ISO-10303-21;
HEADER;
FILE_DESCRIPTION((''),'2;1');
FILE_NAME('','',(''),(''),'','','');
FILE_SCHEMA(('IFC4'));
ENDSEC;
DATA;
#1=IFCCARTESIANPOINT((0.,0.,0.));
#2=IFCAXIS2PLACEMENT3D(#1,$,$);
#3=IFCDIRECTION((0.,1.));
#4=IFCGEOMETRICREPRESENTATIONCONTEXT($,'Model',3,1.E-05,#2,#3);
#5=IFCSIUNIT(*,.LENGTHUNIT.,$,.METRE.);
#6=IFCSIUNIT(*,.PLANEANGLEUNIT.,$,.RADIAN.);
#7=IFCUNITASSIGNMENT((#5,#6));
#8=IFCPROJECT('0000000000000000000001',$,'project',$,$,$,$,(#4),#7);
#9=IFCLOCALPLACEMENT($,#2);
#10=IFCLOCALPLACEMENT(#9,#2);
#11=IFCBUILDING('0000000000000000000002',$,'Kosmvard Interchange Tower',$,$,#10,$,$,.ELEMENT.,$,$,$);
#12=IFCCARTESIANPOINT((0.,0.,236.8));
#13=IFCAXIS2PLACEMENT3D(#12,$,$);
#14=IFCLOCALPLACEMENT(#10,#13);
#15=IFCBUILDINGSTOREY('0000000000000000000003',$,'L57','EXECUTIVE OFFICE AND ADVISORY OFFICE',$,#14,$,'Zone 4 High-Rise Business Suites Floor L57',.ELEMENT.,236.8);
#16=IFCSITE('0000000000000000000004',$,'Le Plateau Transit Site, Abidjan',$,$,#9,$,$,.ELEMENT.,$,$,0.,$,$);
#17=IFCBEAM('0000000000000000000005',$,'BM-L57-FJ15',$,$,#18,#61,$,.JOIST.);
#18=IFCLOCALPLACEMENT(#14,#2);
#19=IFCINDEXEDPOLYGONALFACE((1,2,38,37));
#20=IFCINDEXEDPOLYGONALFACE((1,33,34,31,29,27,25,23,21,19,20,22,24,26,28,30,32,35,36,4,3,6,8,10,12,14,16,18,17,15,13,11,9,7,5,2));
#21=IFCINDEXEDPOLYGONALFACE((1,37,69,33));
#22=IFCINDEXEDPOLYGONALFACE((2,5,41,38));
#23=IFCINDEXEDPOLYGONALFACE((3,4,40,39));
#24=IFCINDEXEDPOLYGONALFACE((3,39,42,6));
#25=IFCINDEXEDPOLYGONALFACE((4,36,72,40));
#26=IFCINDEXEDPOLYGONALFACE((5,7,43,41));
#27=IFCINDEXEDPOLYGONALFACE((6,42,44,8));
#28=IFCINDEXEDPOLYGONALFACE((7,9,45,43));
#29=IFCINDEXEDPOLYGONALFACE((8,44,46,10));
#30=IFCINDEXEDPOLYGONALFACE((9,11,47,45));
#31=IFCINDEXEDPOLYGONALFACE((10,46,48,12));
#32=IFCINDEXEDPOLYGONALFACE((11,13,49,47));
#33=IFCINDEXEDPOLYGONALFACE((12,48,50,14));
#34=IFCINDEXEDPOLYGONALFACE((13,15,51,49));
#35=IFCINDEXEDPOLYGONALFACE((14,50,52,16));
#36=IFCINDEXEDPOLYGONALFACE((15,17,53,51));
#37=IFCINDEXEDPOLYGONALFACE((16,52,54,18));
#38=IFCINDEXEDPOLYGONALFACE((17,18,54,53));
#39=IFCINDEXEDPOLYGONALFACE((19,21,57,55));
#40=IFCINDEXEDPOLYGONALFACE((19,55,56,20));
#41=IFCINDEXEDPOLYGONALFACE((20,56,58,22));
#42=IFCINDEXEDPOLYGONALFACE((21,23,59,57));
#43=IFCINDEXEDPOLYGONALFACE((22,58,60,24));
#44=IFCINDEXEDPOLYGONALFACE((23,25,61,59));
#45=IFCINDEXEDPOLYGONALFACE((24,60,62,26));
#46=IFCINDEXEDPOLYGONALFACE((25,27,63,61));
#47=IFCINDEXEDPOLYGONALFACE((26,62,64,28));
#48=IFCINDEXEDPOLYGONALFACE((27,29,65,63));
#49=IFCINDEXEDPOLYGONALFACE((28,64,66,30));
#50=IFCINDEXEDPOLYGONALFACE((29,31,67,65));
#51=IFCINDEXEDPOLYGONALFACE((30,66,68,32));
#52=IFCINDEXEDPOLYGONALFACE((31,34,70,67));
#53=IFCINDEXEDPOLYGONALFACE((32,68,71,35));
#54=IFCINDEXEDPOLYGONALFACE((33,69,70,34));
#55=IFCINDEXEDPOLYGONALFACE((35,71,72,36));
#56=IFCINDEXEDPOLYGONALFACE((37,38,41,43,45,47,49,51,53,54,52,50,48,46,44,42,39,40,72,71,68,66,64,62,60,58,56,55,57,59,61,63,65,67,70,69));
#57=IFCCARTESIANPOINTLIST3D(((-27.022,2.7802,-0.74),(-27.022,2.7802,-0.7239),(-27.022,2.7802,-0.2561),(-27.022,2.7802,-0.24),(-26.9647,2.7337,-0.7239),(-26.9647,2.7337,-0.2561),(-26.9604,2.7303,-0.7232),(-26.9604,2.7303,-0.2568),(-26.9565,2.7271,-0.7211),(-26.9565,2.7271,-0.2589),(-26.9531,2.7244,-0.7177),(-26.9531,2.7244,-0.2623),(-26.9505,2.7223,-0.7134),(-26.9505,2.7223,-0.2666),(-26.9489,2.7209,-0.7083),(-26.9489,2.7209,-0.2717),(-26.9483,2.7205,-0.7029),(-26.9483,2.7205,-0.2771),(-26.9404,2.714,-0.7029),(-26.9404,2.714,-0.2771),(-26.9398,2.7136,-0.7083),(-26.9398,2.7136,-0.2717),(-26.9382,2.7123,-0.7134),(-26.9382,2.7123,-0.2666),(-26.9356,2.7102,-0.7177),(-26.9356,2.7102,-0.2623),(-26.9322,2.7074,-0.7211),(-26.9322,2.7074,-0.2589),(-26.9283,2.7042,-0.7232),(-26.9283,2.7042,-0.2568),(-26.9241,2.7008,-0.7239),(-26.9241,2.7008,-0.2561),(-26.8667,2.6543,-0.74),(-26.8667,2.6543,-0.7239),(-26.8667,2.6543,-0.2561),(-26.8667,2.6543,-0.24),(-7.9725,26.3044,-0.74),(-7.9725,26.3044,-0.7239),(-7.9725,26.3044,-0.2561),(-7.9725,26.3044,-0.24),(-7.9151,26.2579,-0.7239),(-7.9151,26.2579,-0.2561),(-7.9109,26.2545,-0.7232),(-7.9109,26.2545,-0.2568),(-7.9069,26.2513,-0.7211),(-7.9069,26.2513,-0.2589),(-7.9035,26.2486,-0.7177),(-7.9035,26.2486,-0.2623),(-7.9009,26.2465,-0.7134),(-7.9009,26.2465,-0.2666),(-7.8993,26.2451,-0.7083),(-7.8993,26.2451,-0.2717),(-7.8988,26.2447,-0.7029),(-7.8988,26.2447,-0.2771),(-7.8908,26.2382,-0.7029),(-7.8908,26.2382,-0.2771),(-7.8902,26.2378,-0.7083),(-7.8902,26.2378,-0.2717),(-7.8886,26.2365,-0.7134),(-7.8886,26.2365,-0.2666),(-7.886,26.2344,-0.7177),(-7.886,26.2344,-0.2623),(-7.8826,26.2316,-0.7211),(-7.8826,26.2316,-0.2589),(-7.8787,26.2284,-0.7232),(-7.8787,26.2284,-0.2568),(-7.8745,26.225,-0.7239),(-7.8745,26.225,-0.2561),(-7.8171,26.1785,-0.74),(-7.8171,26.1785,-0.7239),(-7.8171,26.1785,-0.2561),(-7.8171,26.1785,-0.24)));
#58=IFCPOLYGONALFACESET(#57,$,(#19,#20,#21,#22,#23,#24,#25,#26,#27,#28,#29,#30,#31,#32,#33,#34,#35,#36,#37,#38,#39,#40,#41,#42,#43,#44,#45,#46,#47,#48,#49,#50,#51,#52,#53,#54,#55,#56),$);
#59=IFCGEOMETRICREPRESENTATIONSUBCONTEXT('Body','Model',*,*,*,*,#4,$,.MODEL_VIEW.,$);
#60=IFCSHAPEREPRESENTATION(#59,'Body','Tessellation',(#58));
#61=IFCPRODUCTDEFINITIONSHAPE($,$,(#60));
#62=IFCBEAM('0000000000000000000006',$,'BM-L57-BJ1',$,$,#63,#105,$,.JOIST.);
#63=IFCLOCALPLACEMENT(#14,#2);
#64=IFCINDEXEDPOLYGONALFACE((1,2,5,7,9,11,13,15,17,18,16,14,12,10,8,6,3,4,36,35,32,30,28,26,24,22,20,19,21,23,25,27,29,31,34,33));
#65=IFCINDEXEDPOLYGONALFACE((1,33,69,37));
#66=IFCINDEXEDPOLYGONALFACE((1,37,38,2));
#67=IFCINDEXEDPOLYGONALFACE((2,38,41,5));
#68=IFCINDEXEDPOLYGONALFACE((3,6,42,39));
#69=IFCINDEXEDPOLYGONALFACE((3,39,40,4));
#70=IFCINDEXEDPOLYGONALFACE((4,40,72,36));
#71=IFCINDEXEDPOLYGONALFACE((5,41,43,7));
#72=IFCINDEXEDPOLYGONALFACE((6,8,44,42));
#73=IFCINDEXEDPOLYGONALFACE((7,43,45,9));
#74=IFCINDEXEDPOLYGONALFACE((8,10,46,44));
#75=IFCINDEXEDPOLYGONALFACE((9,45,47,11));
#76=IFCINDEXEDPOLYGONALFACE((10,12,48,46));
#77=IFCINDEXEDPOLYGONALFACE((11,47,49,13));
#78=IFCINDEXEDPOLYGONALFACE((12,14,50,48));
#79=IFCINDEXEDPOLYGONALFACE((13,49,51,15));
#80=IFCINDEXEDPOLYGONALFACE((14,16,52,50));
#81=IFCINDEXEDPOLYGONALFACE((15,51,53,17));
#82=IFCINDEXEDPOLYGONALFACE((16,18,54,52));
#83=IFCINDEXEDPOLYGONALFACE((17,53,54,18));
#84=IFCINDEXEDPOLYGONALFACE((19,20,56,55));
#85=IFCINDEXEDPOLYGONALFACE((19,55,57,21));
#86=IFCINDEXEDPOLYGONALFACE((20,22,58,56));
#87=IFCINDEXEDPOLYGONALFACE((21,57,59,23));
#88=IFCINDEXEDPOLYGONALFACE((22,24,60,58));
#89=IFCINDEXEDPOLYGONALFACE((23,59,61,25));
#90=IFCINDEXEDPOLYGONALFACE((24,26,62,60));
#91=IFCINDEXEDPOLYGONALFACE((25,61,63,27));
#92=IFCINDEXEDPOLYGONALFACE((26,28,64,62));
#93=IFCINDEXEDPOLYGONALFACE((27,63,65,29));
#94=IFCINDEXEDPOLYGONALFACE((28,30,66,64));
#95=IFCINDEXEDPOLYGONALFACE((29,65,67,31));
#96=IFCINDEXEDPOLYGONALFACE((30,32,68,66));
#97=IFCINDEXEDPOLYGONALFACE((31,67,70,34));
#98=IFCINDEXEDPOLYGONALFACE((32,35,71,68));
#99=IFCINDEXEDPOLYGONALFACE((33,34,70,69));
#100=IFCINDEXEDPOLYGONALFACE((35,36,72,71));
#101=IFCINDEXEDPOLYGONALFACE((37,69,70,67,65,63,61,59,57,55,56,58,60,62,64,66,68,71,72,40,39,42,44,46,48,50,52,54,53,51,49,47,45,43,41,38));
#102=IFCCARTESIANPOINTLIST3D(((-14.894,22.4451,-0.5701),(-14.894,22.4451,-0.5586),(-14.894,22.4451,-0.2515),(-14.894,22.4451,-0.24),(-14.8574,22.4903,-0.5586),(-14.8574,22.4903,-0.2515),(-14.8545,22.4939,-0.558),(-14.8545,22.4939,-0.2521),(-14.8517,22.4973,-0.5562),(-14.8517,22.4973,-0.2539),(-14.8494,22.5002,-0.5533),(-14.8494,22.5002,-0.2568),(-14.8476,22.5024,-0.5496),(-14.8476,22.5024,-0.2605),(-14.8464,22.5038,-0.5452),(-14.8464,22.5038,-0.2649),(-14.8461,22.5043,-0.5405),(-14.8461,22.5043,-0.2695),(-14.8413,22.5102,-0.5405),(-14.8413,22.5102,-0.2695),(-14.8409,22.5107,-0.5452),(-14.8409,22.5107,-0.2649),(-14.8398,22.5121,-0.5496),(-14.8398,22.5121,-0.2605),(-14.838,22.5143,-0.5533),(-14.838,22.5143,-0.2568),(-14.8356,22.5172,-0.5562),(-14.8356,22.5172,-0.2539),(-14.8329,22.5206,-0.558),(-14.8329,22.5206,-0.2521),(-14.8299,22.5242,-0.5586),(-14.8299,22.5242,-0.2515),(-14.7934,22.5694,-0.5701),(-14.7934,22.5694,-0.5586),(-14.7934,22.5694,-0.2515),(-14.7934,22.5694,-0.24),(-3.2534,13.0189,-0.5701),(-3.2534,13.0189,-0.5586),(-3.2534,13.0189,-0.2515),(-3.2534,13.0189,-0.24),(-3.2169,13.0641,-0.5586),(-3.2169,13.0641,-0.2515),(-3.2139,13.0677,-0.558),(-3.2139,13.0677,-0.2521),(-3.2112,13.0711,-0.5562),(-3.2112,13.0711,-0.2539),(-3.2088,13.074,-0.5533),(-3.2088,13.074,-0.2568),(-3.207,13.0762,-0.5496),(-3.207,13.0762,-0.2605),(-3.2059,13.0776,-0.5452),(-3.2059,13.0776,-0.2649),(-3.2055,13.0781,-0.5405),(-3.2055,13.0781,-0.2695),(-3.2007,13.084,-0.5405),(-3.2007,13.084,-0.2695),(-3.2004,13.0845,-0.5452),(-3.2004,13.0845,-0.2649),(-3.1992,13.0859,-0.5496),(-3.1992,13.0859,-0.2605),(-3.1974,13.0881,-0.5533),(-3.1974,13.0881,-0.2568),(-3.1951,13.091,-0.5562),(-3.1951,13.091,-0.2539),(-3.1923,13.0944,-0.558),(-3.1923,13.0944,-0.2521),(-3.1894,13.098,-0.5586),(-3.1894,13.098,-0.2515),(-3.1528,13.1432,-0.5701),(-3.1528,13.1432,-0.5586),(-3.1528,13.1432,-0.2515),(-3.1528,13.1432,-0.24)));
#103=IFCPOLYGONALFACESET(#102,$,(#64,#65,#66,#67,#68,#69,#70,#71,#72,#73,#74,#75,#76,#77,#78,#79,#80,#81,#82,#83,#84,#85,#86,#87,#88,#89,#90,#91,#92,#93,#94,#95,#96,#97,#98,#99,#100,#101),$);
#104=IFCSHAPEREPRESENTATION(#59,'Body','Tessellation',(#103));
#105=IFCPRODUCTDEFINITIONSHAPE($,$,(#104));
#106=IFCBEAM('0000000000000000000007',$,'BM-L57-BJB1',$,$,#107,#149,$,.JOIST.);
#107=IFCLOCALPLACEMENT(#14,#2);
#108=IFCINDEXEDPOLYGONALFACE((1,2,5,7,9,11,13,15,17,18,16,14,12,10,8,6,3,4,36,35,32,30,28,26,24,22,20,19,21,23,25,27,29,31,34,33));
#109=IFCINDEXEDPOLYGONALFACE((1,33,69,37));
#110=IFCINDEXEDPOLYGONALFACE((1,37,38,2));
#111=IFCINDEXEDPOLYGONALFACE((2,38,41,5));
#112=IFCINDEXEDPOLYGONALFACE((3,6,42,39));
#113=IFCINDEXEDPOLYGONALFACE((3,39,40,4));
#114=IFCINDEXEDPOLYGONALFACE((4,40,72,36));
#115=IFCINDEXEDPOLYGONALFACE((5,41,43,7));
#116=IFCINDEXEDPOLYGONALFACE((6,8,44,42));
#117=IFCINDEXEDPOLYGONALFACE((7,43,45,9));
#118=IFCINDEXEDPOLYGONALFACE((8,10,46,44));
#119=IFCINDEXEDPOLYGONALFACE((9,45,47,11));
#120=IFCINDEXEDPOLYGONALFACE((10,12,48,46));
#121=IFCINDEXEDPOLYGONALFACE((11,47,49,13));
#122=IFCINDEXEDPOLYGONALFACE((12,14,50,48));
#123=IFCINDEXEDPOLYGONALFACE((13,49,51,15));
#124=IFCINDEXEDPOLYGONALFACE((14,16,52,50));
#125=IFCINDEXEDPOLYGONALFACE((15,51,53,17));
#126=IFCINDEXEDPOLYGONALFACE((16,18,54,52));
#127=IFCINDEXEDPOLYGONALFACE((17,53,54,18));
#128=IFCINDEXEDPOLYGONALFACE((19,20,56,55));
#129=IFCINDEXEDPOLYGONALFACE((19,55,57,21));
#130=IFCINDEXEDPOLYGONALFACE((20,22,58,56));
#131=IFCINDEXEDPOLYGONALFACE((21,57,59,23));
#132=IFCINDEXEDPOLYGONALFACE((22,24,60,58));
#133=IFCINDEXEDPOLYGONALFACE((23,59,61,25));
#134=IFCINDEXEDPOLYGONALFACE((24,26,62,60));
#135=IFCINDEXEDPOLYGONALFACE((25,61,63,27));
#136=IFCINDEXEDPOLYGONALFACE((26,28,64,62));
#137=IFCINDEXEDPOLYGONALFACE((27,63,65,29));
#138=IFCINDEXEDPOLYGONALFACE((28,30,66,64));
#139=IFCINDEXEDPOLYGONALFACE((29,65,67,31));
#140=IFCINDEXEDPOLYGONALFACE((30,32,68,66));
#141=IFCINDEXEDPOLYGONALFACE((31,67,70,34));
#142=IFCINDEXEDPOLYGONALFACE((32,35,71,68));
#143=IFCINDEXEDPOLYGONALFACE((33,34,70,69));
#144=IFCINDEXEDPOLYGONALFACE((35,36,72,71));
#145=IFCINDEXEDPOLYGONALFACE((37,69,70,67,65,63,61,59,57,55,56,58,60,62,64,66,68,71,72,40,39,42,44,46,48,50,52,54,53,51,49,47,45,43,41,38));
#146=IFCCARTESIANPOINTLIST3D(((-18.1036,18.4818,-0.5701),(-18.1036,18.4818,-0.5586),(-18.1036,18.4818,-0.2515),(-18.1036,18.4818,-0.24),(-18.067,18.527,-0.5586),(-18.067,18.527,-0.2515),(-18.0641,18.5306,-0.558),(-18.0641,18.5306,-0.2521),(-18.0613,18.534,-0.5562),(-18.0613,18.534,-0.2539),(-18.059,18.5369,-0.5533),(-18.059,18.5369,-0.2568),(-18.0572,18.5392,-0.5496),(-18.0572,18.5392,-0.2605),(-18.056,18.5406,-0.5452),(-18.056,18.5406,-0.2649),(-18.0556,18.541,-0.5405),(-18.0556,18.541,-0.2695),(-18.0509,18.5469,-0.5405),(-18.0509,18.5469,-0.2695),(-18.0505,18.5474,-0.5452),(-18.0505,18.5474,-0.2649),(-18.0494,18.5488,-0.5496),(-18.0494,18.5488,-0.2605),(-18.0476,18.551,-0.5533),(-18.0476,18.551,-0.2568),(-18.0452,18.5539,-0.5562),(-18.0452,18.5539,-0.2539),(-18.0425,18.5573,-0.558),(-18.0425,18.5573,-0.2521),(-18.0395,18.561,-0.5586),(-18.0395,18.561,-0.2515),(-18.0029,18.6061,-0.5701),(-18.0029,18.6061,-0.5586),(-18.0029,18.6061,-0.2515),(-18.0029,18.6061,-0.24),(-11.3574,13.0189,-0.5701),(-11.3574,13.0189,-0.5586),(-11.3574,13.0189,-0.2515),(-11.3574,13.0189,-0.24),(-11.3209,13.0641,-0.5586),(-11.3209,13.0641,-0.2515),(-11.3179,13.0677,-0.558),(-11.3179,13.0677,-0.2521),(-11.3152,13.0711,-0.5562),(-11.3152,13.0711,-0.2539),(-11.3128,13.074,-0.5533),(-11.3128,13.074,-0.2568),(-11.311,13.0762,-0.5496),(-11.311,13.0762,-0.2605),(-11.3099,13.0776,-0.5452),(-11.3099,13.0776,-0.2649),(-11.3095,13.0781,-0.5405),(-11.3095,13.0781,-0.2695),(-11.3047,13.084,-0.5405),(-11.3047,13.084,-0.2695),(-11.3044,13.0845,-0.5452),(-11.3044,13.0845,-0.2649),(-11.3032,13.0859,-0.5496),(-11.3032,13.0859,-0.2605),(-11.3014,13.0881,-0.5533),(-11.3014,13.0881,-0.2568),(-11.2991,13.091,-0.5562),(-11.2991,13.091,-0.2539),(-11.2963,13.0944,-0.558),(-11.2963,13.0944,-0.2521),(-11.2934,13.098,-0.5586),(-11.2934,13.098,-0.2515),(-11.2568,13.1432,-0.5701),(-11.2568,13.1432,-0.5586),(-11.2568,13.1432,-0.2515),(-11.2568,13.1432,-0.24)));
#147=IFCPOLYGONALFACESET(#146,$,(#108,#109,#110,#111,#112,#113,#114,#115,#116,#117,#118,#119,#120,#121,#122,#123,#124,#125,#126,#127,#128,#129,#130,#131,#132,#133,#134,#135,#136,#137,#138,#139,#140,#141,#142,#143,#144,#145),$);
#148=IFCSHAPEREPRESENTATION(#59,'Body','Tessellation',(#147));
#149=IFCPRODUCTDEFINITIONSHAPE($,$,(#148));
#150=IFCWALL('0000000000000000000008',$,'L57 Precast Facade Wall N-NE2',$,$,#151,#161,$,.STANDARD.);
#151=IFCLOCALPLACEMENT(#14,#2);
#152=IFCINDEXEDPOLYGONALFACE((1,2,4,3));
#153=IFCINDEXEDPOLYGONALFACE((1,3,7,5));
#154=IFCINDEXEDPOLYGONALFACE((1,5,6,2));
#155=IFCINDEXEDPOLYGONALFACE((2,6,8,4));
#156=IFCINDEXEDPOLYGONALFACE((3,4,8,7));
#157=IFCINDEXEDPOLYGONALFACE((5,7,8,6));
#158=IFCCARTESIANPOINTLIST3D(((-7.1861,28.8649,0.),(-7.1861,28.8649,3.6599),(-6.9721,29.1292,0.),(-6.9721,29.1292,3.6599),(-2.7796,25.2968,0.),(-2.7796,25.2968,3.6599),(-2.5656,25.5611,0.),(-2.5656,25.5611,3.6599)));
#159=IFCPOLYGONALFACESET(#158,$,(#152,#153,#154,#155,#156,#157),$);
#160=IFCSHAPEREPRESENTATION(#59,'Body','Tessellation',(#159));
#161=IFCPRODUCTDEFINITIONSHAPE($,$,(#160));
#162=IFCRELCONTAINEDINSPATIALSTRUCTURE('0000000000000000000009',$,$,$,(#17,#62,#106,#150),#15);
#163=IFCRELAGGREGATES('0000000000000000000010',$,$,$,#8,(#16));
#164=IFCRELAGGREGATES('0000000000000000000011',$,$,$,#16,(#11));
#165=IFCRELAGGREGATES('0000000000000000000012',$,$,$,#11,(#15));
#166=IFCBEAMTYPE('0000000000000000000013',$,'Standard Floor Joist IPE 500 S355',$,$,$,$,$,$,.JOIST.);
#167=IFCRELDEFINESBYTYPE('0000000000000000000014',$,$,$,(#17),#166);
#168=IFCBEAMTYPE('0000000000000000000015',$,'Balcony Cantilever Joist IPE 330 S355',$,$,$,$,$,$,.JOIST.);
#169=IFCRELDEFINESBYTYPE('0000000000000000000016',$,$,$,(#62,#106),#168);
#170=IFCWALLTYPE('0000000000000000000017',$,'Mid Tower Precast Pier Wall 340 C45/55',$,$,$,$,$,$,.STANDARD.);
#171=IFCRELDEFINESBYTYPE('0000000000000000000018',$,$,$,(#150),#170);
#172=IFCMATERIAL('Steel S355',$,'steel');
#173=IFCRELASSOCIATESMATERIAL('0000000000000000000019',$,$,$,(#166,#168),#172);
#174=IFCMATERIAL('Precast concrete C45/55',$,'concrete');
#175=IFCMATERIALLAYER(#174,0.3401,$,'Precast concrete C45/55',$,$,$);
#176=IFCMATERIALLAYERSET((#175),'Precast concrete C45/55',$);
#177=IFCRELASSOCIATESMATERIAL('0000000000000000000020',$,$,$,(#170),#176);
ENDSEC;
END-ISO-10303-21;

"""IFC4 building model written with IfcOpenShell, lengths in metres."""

from ifc_helpers import new_model, si_unit, direction, frame, frame_2d, origin, origin_2d, place, context, subcontext, project, spatial, rectangle, i_section, extrude, source, transform, mapped, material, layer, layer_set, material_profile, profile_set, type_object, element, save


model = new_model("IFC4")

# Units and contexts
model_context = context("Model", 3, precision=1e-05, world=origin(), true_north=direction((0.0, 1.0)))
body_context = subcontext(model_context, "Body", "Model", "MODEL_VIEW")
ifc_project = project(units=[si_unit("LENGTHUNIT", "METRE"), si_unit("PLANEANGLEUNIT", "RADIAN")], contexts=[model_context])

# Site, building, storey
site_placement = place(None, origin())
site = spatial("IfcSite", under=ifc_project, at=site_placement, Name="Le Plateau Transit Site, Abidjan", CompositionType="ELEMENT", RefElevation=0.0)
building_placement = place(site_placement, origin())
building = spatial("IfcBuilding", under=site, at=building_placement, Name="Kosmvard Interchange Tower", CompositionType="ELEMENT")
storey_placement = place(building_placement, frame((0.0, 0.0, 236.8)))
storey = spatial("IfcBuildingStorey", under=building, at=storey_placement, Name="L57", Description="EXECUTIVE OFFICE AND ADVISORY OFFICE", LongName="Zone 4 High-Rise Business Suites Floor L57", CompositionType="ELEMENT", Elevation=236.8)

# Beams
ifc_material_1 = material(Name="Steel S355", Category="steel")
ifc_material_profile_1 = material_profile(ifc_material_1, i_section(OverallWidth=0.2, OverallDepth=0.5, WebThickness=0.0103, FlangeThickness=0.0161, FilletRadius=0.021, at=origin_2d()), Name="IPE 500")
ifc_profile_set_1 = profile_set([ifc_material_profile_1], Name="Steel S355")
beam_type_1 = type_object("IfcBeamType", Name="Standard Floor Joist IPE 500 S355", PredefinedType="JOIST", material=ifc_profile_set_1)
shared_shape_1 = source(origin(), body_context, "Body", "SweptSolid", [
    extrude(i_section(OverallWidth=0.2, OverallDepth=0.5, WebThickness=0.0103, FlangeThickness=0.0161, FilletRadius=0.021, at=origin_2d()), origin(), (0.0, 0.0, 1.0), 30.27),
])
beam_1_placement = place(storey_placement, frame((-7.8948, 26.2415, -0.49), z_axis=(-0.629322, -0.777145, 0.0), x_axis=(0.777145, -0.629322, 0.0)))
element("IfcBeam", 1, at=beam_1_placement, inside=storey, type_object=beam_type_1, Name="BM-L57-FJ15", PredefinedType="JOIST", context=body_context, shape_type="MappedRepresentation", body=[
    mapped(shared_shape_1, transform((0.0, 0.0, 0.0), scale=1.0)),
])
ifc_material_profile_2 = material_profile(ifc_material_1, i_section(OverallWidth=0.1599, OverallDepth=0.3301, WebThickness=0.0076, FlangeThickness=0.0115, FilletRadius=0.0181, at=origin_2d()), Name="IPE 330")
ifc_profile_set_2 = profile_set([ifc_material_profile_2], Name="Steel S355")
beam_type_2 = type_object("IfcBeamType", Name="Balcony Cantilever Joist IPE 330 S355", PredefinedType="JOIST", material=ifc_profile_set_2)
shared_shape_2 = source(origin(), body_context, "Body", "SweptSolid", [
    extrude(i_section(OverallWidth=0.1599, OverallDepth=0.3301, WebThickness=0.0076, FlangeThickness=0.0115, FilletRadius=0.0181, at=origin_2d()), origin(), (0.0, 0.0, 1.0), 14.9785),
])
beam_2_placement = place(storey_placement, frame((-3.2031, 13.0811, -0.405), z_axis=(-0.77715, 0.629315, 0.0), x_axis=(-0.629315, -0.77715, 0.0)))
element("IfcBeam", 2, at=beam_2_placement, inside=storey, type_object=beam_type_2, Name="BM-L57-BJ1", PredefinedType="JOIST", context=body_context, shape_type="MappedRepresentation", body=[
    mapped(shared_shape_2, transform((0.0, 0.0, 0.0), scale=1.0)),
])
shared_shape_3 = source(origin(), body_context, "Body", "SweptSolid", [
    extrude(i_section(OverallWidth=0.1599, OverallDepth=0.3301, WebThickness=0.0076, FlangeThickness=0.0115, FilletRadius=0.0181, at=origin_2d()), origin(), (0.0, 0.0, 1.0), 8.6807),
])
beam_3_placement = place(storey_placement, frame((-11.3071, 13.0811, -0.405), z_axis=(-0.777145, 0.629321, 0.0), x_axis=(-0.629321, -0.777145, 0.0)))
element("IfcBeam", 3, at=beam_3_placement, inside=storey, type_object=beam_type_2, Name="BM-L57-BJB1", PredefinedType="JOIST", context=body_context, shape_type="MappedRepresentation", body=[
    mapped(shared_shape_3, transform((0.0, 0.0, 0.0), scale=1.0)),
])

# Wall
ifc_material_2 = material(Name="Precast concrete C45/55", Category="concrete")
ifc_layer_1 = layer(ifc_material_2, 0.3401, Name="Precast concrete C45/55")
ifc_layer_set_1 = layer_set([ifc_layer_1], Name="Precast concrete C45/55")
wall_type_1 = type_object("IfcWallType", Name="Mid Tower Precast Pier Wall 340 C45/55", PredefinedType="STANDARD", material=ifc_layer_set_1)
wall_1_placement = place(storey_placement, frame((-2.6726, 25.429, 0.0), z_axis=(0.0, 0.0, 1.0), x_axis=(-0.777163, 0.6293, 0.0)))
element("IfcWall", 4, at=wall_1_placement, inside=storey, type_object=wall_type_1, Name="L57 Precast Facade Wall N-NE2", PredefinedType="STANDARD", context=body_context, shape_type="SweptSolid", body=[
    extrude(rectangle(XDim=5.6699, YDim=0.3401, at=frame_2d((2.835, 0.0))), origin(), (0.0, 0.0, 1.0), 3.6599),
])

save(model, "model.ifc")
